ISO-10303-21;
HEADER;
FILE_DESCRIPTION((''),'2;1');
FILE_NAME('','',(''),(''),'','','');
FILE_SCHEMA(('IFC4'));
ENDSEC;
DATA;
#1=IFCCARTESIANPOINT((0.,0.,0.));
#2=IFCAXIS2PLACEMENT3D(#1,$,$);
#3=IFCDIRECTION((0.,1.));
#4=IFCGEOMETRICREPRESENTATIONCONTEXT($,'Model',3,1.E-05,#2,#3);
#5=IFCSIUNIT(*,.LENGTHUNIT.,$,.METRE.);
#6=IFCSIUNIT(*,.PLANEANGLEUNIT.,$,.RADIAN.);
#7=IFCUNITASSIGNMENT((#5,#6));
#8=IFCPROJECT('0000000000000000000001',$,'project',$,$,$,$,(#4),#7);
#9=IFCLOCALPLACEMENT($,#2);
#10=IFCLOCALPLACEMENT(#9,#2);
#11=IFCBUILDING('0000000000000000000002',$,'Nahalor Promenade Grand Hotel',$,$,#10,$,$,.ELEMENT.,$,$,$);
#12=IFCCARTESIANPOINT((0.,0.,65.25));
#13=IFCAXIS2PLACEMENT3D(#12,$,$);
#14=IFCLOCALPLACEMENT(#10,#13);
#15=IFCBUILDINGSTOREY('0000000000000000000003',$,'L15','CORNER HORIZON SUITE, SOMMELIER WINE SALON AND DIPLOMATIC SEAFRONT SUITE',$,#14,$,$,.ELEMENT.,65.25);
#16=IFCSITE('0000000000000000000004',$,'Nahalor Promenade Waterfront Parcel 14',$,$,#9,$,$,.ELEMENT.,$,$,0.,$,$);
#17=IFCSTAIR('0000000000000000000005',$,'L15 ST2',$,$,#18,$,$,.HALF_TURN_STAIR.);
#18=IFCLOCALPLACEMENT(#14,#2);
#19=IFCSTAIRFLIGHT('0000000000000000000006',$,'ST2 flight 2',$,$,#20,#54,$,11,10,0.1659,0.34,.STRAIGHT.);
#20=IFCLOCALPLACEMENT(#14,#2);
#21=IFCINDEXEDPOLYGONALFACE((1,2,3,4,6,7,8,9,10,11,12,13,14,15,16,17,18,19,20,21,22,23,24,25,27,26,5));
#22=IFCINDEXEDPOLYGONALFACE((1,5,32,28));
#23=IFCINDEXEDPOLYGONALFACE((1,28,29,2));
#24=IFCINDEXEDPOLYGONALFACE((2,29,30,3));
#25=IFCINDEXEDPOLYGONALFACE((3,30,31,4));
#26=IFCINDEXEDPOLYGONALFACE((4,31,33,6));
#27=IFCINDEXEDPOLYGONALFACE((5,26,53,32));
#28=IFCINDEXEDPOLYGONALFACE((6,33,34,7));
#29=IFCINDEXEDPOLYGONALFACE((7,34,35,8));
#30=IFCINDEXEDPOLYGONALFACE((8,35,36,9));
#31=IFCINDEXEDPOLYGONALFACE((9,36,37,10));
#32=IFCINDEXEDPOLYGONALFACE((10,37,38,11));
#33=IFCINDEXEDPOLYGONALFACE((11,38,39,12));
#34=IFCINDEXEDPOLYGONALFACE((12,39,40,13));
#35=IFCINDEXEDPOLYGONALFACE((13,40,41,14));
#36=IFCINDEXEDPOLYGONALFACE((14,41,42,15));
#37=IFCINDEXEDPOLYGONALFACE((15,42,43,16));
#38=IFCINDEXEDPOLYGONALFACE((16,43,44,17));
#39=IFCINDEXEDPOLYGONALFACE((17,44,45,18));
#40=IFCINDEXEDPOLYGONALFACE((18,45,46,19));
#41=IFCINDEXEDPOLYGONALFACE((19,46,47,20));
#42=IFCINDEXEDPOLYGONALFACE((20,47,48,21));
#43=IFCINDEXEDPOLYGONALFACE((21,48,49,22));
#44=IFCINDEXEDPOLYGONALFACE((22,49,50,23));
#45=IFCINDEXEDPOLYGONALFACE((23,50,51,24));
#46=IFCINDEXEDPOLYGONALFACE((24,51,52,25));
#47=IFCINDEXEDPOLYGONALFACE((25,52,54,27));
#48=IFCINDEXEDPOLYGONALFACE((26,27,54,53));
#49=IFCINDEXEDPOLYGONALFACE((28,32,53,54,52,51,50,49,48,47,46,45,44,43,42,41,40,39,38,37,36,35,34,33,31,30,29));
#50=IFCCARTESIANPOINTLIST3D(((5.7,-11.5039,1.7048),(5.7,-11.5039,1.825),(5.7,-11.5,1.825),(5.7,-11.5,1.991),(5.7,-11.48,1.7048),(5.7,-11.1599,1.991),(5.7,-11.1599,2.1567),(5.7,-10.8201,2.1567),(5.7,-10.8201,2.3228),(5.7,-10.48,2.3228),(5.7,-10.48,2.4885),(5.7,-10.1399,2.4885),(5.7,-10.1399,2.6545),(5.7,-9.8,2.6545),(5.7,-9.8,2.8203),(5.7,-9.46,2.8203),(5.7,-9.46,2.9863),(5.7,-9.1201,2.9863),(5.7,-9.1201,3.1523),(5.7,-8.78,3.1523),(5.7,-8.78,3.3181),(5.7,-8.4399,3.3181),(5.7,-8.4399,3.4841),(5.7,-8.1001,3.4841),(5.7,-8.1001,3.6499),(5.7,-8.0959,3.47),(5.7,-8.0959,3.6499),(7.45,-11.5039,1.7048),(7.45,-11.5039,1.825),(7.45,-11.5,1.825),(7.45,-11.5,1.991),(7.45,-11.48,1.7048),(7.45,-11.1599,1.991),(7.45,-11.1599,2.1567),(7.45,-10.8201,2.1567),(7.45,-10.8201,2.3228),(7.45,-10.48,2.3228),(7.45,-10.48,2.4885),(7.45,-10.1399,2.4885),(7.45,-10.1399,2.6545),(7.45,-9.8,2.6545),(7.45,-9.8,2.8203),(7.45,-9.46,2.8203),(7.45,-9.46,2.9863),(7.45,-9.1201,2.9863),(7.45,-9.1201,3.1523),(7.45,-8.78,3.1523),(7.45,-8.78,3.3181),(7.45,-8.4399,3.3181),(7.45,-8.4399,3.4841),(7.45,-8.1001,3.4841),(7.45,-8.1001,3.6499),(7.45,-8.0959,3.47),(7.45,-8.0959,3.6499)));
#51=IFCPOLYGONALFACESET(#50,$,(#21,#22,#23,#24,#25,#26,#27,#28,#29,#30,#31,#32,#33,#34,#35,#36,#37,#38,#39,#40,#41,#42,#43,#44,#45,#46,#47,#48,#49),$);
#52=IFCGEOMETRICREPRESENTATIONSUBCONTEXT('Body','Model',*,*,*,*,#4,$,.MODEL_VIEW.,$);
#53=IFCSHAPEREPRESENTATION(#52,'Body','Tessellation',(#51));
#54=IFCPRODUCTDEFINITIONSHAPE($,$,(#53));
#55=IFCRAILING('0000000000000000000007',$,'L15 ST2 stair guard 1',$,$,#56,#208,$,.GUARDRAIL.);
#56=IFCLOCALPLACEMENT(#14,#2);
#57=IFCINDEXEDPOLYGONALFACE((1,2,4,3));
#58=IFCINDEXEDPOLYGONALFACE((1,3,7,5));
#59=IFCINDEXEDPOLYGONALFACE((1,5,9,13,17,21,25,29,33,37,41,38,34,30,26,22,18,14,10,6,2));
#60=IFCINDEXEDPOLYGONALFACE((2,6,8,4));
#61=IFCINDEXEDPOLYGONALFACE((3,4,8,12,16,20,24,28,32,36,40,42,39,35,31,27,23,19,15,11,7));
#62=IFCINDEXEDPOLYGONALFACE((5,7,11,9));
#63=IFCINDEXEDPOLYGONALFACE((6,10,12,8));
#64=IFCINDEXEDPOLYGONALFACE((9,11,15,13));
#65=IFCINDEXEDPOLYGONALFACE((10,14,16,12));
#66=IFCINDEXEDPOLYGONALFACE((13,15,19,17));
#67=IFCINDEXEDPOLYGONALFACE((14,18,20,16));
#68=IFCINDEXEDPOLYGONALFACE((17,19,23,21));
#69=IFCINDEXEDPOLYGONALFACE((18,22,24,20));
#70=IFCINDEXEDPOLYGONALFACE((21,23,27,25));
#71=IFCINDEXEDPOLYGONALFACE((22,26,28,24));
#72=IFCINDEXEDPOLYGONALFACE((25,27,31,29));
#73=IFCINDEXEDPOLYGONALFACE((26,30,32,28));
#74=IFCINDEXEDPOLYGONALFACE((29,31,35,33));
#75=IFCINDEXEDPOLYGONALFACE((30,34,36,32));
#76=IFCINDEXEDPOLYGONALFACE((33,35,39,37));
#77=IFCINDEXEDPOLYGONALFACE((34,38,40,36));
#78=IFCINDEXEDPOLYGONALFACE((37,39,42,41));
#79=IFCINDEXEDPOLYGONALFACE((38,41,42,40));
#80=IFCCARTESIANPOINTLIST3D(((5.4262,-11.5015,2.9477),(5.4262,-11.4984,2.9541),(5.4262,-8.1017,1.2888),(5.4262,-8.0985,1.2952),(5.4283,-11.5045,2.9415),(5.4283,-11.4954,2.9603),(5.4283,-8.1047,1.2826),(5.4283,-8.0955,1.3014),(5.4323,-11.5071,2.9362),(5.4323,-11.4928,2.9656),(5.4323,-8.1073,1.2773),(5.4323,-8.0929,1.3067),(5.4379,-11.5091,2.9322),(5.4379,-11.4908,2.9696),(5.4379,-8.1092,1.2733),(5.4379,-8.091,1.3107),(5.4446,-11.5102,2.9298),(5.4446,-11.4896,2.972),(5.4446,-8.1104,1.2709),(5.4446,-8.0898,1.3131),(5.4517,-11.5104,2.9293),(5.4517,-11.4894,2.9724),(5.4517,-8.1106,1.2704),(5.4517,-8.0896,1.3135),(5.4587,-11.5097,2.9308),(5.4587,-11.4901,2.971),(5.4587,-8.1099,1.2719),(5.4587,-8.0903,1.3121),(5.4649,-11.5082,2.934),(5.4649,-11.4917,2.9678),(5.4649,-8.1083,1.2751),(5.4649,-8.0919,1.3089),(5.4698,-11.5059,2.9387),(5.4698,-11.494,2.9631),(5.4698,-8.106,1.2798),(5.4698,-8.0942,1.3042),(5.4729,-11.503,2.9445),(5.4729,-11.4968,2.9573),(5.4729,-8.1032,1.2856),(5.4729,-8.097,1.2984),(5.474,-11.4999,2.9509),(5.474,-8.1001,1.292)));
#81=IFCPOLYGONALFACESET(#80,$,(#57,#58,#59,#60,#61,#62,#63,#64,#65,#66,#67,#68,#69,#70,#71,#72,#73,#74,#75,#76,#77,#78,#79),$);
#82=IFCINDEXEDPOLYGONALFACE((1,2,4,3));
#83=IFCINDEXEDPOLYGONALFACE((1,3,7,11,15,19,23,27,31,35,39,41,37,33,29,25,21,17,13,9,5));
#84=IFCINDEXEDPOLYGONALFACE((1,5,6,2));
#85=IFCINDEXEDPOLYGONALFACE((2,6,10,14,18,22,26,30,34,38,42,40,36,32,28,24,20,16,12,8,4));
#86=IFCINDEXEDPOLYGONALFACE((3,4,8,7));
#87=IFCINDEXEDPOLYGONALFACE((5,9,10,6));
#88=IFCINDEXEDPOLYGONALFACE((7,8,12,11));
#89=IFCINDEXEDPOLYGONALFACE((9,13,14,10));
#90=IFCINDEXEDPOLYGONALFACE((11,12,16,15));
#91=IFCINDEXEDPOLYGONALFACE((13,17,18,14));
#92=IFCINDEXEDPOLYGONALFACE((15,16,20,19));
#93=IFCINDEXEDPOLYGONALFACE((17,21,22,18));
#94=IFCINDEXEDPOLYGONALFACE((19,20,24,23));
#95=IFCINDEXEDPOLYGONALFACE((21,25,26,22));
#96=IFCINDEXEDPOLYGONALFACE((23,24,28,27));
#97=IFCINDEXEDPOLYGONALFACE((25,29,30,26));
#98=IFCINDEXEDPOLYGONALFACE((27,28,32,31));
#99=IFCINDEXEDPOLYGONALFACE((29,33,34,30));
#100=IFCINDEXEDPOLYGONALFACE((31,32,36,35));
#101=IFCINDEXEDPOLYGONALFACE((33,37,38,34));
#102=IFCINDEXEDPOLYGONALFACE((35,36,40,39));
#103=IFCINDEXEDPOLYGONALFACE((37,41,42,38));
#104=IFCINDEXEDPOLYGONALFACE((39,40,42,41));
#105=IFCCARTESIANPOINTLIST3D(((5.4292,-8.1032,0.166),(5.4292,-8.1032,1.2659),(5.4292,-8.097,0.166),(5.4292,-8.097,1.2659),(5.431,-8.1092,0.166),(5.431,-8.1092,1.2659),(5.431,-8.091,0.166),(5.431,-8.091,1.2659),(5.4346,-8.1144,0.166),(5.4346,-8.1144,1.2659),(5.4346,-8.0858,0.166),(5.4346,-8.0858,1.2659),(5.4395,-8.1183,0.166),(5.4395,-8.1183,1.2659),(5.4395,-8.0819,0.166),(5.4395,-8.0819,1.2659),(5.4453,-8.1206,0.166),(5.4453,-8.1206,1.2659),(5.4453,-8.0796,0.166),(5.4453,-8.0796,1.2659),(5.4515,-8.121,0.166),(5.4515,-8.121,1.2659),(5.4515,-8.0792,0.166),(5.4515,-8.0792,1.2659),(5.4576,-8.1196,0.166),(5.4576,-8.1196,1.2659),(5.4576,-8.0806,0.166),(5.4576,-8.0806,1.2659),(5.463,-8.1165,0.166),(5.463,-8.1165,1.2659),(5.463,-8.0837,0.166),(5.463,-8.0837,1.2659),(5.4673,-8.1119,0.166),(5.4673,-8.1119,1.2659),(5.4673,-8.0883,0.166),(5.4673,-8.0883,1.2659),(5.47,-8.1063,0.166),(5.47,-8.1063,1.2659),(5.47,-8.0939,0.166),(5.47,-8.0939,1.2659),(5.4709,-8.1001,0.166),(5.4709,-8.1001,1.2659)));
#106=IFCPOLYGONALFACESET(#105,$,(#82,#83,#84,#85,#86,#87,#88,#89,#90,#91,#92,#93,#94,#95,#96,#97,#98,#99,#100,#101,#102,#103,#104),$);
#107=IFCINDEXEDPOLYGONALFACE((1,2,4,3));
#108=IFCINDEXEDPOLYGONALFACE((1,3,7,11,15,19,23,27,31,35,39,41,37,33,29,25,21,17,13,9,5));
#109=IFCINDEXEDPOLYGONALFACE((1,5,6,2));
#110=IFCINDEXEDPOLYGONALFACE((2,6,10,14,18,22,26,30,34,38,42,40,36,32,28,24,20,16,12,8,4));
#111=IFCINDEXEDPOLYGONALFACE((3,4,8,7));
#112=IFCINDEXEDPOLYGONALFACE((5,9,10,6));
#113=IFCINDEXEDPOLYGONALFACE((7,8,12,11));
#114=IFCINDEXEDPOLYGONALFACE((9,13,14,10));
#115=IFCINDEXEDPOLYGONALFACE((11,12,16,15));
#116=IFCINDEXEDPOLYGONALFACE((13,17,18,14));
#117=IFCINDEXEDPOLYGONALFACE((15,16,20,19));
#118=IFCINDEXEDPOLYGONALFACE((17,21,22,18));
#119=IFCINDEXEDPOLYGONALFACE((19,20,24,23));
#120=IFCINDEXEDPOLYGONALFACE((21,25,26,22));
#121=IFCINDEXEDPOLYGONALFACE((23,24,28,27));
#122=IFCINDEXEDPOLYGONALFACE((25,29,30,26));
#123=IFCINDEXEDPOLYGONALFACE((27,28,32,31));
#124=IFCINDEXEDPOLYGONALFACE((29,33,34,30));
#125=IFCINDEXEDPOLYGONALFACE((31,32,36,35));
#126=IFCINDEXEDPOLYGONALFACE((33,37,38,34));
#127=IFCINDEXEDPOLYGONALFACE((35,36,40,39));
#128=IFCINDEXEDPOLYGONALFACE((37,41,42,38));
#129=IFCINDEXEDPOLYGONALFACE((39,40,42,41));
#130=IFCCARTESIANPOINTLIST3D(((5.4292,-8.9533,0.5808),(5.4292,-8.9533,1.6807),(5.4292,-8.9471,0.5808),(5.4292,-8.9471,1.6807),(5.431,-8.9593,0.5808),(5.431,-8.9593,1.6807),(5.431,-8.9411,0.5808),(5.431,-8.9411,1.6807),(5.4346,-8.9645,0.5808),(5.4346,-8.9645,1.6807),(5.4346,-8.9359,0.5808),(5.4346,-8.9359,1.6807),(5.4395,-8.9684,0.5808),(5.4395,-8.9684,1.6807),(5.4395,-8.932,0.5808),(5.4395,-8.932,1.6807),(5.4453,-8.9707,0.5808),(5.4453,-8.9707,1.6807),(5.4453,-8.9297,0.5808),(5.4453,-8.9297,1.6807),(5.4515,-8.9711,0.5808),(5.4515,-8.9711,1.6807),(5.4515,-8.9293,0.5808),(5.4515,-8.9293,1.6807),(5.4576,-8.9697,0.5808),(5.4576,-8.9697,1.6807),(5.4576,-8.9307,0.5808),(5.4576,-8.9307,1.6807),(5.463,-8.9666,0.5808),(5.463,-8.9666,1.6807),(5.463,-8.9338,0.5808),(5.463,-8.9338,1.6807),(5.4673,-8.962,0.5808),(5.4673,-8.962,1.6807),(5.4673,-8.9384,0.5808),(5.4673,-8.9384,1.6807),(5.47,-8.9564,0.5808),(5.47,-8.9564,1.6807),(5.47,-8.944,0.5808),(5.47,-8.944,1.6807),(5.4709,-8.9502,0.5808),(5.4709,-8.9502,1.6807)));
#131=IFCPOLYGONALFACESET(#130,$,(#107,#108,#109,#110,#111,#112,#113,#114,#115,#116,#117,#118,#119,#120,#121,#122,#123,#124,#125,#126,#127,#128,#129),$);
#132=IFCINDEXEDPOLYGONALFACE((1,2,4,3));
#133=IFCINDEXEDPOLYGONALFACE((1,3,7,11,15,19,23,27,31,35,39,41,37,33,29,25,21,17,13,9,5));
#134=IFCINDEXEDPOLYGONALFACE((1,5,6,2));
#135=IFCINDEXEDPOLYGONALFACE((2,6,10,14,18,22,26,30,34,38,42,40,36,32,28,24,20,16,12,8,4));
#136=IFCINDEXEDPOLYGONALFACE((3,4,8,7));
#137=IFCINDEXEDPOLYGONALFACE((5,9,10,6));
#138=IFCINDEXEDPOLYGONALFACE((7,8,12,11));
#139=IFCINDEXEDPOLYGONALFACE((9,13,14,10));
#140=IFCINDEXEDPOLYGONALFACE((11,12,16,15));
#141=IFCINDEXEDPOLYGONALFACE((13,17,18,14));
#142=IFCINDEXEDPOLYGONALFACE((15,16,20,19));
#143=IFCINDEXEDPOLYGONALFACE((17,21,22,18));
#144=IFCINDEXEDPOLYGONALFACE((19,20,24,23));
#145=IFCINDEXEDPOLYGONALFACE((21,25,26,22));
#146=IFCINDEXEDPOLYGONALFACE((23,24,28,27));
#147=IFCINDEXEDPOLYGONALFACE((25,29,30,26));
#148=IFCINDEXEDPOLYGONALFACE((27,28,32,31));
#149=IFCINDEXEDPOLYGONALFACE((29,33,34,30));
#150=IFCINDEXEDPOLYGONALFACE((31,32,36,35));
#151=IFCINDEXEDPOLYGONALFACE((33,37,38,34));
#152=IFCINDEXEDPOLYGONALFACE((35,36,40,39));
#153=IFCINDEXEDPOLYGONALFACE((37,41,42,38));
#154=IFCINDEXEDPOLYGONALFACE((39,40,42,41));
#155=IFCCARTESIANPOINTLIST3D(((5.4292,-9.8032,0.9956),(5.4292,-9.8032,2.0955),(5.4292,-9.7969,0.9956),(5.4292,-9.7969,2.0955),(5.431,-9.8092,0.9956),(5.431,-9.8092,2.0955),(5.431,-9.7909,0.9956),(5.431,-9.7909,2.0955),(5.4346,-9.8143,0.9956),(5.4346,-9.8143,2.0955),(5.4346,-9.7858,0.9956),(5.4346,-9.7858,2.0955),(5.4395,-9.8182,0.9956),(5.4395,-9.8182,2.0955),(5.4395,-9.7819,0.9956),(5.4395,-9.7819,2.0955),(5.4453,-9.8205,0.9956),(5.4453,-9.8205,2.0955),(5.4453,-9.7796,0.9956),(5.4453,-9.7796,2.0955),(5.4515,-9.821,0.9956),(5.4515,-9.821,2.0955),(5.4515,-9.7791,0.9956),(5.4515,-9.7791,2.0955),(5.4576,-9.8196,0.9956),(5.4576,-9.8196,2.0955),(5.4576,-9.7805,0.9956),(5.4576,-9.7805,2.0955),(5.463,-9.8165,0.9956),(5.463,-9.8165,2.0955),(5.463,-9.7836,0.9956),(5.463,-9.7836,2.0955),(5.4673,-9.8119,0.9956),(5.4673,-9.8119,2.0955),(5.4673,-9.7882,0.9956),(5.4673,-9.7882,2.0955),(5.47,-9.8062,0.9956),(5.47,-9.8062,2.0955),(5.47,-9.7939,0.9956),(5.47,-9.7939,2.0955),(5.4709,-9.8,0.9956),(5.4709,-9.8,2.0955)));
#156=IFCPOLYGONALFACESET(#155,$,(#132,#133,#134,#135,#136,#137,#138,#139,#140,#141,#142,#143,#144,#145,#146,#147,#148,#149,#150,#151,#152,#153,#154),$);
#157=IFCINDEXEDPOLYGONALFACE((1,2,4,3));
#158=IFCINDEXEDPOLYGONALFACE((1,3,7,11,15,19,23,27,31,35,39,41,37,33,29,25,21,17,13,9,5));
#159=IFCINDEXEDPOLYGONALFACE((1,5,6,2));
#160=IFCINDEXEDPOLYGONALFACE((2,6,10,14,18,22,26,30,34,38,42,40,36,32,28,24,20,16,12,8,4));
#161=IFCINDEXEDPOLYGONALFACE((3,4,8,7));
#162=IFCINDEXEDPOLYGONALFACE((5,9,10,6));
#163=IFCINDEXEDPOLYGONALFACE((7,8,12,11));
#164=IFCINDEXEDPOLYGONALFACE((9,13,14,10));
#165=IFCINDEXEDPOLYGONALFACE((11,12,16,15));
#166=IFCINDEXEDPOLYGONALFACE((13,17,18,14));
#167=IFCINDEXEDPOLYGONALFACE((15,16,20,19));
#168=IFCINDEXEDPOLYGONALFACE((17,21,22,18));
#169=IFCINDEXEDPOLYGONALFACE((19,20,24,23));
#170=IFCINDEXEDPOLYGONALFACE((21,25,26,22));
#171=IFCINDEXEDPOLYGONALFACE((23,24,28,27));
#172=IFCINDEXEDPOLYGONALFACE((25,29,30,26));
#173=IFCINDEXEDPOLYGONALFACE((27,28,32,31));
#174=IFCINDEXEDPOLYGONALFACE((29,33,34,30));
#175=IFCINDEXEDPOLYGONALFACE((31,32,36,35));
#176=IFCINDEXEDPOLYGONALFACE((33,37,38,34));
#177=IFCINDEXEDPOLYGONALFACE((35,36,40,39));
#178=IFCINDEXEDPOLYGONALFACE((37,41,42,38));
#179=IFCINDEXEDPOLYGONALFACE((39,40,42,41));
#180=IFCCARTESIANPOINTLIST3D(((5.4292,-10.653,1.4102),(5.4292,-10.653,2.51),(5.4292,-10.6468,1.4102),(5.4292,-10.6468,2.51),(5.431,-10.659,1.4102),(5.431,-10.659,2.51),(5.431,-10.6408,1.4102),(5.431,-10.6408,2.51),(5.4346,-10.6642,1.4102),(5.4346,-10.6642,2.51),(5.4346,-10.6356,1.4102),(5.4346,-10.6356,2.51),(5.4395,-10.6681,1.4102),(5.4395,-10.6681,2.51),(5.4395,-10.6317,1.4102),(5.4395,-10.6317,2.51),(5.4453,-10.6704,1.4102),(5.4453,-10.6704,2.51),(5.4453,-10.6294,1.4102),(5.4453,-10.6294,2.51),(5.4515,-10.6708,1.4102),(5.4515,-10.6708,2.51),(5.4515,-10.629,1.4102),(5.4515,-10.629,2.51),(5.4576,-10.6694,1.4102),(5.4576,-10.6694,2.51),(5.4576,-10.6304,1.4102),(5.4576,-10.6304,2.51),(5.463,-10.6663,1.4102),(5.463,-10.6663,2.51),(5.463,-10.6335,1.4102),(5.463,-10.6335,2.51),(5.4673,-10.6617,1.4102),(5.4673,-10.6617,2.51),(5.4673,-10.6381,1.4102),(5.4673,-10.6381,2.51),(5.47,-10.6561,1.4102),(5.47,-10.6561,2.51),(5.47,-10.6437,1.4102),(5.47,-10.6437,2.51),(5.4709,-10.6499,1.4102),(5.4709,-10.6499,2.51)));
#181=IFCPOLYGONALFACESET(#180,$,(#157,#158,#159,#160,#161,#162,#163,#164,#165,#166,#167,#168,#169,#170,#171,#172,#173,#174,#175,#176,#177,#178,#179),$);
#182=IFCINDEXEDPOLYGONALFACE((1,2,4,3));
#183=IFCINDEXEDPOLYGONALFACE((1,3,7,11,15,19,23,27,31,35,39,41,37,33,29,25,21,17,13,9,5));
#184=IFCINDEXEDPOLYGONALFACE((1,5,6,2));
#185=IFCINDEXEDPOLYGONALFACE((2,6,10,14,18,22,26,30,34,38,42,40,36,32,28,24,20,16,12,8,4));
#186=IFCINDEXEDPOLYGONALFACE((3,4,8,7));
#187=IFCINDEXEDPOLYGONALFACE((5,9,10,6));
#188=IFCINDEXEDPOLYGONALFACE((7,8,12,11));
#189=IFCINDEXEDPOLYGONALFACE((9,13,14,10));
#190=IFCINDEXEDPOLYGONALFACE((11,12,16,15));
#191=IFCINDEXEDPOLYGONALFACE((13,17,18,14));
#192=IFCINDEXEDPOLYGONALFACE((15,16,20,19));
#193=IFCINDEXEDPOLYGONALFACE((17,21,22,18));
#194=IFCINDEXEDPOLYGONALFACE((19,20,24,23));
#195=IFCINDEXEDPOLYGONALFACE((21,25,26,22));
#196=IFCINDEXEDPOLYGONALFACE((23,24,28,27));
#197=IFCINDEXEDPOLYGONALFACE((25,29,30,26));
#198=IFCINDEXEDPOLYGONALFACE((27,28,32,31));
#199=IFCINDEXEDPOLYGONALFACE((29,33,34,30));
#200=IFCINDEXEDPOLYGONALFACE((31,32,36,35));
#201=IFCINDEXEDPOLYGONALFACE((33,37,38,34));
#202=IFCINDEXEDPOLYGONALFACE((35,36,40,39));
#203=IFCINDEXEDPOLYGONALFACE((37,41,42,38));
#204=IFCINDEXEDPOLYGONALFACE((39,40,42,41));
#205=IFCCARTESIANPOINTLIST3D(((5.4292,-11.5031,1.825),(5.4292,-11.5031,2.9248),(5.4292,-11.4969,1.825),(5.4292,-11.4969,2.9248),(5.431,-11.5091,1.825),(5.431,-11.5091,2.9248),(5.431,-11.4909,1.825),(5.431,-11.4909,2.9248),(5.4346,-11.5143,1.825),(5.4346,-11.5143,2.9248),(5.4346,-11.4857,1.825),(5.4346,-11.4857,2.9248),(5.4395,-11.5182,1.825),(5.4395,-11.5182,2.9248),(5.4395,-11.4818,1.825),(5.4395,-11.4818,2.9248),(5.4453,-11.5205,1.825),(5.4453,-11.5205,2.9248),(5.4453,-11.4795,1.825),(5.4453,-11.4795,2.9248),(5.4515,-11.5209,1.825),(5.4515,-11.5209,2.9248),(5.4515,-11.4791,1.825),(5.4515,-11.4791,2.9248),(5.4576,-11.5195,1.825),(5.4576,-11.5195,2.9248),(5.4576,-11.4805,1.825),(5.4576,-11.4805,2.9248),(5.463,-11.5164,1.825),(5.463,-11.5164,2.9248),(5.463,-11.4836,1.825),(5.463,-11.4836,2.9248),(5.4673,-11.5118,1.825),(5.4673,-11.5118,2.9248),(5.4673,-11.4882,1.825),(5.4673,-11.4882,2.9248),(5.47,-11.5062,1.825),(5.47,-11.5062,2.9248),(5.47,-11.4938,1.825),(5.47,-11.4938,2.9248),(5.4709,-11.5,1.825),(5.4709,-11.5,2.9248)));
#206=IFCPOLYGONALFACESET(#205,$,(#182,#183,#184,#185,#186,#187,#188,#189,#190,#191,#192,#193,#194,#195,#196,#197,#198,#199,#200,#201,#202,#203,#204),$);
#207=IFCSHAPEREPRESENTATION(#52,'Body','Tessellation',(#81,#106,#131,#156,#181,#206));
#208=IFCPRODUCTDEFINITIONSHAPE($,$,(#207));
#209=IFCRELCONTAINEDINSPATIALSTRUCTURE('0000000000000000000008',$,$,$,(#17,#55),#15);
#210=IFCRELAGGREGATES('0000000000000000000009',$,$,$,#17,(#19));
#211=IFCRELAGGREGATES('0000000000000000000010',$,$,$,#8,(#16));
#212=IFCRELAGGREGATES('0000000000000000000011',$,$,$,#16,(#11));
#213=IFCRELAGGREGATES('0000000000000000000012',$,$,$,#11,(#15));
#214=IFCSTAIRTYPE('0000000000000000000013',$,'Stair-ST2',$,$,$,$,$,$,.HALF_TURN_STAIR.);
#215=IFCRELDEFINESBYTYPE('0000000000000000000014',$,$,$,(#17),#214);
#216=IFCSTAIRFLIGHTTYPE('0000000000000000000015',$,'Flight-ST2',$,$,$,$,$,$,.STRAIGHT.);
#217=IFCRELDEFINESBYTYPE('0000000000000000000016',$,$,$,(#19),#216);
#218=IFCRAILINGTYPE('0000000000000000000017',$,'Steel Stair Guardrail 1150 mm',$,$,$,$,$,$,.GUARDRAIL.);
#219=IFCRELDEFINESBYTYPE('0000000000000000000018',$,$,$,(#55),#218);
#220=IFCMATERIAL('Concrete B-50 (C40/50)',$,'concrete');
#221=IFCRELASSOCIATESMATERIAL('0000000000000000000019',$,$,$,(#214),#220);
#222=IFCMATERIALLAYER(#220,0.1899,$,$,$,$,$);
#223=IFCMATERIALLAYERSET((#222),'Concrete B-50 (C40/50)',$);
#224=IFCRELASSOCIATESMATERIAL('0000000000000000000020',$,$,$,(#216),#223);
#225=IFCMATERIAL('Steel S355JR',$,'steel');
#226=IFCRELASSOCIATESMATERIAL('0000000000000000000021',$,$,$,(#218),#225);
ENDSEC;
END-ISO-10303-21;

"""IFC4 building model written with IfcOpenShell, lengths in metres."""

from ifc_helpers import new_model, si_unit, direction, frame, origin, origin_2d, place, context, subcontext, project, spatial, polyline, circle, outline, extrude, source, transform, mapped, material, layer, layer_set, type_object, element, aggregate, save


model = new_model("IFC4")

# Units and contexts
model_context = context("Model", 3, precision=1e-05, world=origin(), true_north=direction((0.0, 1.0)))
body_context = subcontext(model_context, "Body", "Model", "MODEL_VIEW")
ifc_project = project(units=[si_unit("LENGTHUNIT", "METRE"), si_unit("PLANEANGLEUNIT", "RADIAN")], contexts=[model_context])

# Site, building, storey
site_placement = place(None, origin())
site = spatial("IfcSite", under=ifc_project, at=site_placement, Name="Nahalor Promenade Waterfront Parcel 14", CompositionType="ELEMENT", RefElevation=0.0)
building_placement = place(site_placement, origin())
building = spatial("IfcBuilding", under=site, at=building_placement, Name="Nahalor Promenade Grand Hotel", CompositionType="ELEMENT")
storey_placement = place(building_placement, frame((0.0, 0.0, 65.25)))
storey = spatial("IfcBuildingStorey", under=building, at=storey_placement, Name="L15", Description="CORNER HORIZON SUITE, SOMMELIER WINE SALON AND DIPLOMATIC SEAFRONT SUITE", CompositionType="ELEMENT", Elevation=65.25)

# Shared definitions
ifc_material_1 = material(Name="Steel S355JR", Category="steel")

# Shared definitions
ifc_material_2 = material(Name="Concrete B-50 (C40/50)", Category="concrete")

# Stair, stair flight
stair_type = type_object("IfcStairType", Name="Stair-ST2", PredefinedType="HALF_TURN_STAIR", material=ifc_material_2)
stair_placement = place(storey_placement, origin())
stair = element("IfcStair", 1, at=stair_placement, inside=storey, type_object=stair_type, Name="L15 ST2", PredefinedType="HALF_TURN_STAIR")
ifc_layer_1 = layer(ifc_material_2, 0.1899)
ifc_layer_set_1 = layer_set([ifc_layer_1], Name="Concrete B-50 (C40/50)")
stair_flight_type = type_object("IfcStairFlightType", Name="Flight-ST2", PredefinedType="STRAIGHT", material=ifc_layer_set_1)
shared_shape_1 = source(origin(), body_context, "Body", "SweptSolid", [
    extrude(outline(polyline([(-0.0039, -0.1201), (-0.0039, 0.0), (0.0, 0.0), (0.0, 0.166), (0.3401, 0.166), (0.3401, 0.3318), (0.6799, 0.3318), (0.6799, 0.4978), (1.02, 0.4978), (1.02, 0.6636), (1.3601, 0.6636), (1.3601, 0.8296), (1.7, 0.8296), (1.7, 0.9954), (2.04, 0.9954), (2.04, 1.1614), (2.3799, 1.1614), (2.3799, 1.3274), (2.72, 1.3274), (2.72, 1.4932), (3.0601, 1.4932), (3.0601, 1.6592), (3.3999, 1.6592), (3.3999, 1.825), (3.4041, 1.825), (3.4041, 1.645), (0.02, -0.1201), (-0.0039, -0.1201)])), frame((0.0, 0.875, 0.0), z_axis=(0.0, -1.0, 0.0), x_axis=(1.0, 0.0, 0.0)), (0.0, 0.0, 1.0), 1.75),
])
stair_flight_1_placement = place(storey_placement, frame((6.575, -11.5, 1.825), z_axis=(0.0, 0.0, 1.0), x_axis=(0.0, 1.0, 0.0)))
stair_flight_1 = element("IfcStairFlight", 2, at=stair_flight_1_placement, type_object=stair_flight_type, Name="ST2 flight 2", NumberOfRisers=11, NumberOfTreads=10, PredefinedType="STRAIGHT", RiserHeight=0.1659, TreadLength=0.34, context=body_context, shape_type="MappedRepresentation", body=[
    mapped(shared_shape_1, transform((0.0, 0.0, 0.0), scale=1.0)),
])
aggregate(stair, [stair_flight_1])

# Railing
railing_type_1 = type_object("IfcRailingType", Name="Steel Stair Guardrail 1150 mm", PredefinedType="GUARDRAIL", material=ifc_material_1)
railing_1_placement = place(storey_placement, frame((5.45, -8.1001, 0.166)))
element("IfcRailing", 3, at=railing_1_placement, inside=storey, type_object=railing_type_1, Name="L15 ST2 stair guard 1", PredefinedType="GUARDRAIL", context=body_context, shape_type="SweptSolid", body=[
    extrude(circle(Radius=0.024, at=origin_2d()), frame((0.0, 0.0, 1.126), z_axis=(0.0, -0.898722, 0.438519), x_axis=(1.0, 0.0, 0.0)), (0.0, 0.0, 1.0), 3.783),
    extrude(circle(Radius=0.021, at=origin_2d()), origin(), (0.0, 0.0, 1.0), 1.0999),
    extrude(circle(Radius=0.021, at=origin_2d()), frame((0.0, -0.8501, 0.4148)), (0.0, 0.0, 1.0), 1.0999),
    extrude(circle(Radius=0.021, at=origin_2d()), frame((0.0, -1.7, 0.8296)), (0.0, 0.0, 1.0), 1.0999),
    extrude(circle(Radius=0.021, at=origin_2d()), frame((0.0, -2.5498, 1.2441)), (0.0, 0.0, 1.0), 1.0999),
    extrude(circle(Radius=0.021, at=origin_2d()), frame((0.0, -3.3999, 1.6589)), (0.0, 0.0, 1.0), 1.0999),
])

save(model, "model.ifc")
